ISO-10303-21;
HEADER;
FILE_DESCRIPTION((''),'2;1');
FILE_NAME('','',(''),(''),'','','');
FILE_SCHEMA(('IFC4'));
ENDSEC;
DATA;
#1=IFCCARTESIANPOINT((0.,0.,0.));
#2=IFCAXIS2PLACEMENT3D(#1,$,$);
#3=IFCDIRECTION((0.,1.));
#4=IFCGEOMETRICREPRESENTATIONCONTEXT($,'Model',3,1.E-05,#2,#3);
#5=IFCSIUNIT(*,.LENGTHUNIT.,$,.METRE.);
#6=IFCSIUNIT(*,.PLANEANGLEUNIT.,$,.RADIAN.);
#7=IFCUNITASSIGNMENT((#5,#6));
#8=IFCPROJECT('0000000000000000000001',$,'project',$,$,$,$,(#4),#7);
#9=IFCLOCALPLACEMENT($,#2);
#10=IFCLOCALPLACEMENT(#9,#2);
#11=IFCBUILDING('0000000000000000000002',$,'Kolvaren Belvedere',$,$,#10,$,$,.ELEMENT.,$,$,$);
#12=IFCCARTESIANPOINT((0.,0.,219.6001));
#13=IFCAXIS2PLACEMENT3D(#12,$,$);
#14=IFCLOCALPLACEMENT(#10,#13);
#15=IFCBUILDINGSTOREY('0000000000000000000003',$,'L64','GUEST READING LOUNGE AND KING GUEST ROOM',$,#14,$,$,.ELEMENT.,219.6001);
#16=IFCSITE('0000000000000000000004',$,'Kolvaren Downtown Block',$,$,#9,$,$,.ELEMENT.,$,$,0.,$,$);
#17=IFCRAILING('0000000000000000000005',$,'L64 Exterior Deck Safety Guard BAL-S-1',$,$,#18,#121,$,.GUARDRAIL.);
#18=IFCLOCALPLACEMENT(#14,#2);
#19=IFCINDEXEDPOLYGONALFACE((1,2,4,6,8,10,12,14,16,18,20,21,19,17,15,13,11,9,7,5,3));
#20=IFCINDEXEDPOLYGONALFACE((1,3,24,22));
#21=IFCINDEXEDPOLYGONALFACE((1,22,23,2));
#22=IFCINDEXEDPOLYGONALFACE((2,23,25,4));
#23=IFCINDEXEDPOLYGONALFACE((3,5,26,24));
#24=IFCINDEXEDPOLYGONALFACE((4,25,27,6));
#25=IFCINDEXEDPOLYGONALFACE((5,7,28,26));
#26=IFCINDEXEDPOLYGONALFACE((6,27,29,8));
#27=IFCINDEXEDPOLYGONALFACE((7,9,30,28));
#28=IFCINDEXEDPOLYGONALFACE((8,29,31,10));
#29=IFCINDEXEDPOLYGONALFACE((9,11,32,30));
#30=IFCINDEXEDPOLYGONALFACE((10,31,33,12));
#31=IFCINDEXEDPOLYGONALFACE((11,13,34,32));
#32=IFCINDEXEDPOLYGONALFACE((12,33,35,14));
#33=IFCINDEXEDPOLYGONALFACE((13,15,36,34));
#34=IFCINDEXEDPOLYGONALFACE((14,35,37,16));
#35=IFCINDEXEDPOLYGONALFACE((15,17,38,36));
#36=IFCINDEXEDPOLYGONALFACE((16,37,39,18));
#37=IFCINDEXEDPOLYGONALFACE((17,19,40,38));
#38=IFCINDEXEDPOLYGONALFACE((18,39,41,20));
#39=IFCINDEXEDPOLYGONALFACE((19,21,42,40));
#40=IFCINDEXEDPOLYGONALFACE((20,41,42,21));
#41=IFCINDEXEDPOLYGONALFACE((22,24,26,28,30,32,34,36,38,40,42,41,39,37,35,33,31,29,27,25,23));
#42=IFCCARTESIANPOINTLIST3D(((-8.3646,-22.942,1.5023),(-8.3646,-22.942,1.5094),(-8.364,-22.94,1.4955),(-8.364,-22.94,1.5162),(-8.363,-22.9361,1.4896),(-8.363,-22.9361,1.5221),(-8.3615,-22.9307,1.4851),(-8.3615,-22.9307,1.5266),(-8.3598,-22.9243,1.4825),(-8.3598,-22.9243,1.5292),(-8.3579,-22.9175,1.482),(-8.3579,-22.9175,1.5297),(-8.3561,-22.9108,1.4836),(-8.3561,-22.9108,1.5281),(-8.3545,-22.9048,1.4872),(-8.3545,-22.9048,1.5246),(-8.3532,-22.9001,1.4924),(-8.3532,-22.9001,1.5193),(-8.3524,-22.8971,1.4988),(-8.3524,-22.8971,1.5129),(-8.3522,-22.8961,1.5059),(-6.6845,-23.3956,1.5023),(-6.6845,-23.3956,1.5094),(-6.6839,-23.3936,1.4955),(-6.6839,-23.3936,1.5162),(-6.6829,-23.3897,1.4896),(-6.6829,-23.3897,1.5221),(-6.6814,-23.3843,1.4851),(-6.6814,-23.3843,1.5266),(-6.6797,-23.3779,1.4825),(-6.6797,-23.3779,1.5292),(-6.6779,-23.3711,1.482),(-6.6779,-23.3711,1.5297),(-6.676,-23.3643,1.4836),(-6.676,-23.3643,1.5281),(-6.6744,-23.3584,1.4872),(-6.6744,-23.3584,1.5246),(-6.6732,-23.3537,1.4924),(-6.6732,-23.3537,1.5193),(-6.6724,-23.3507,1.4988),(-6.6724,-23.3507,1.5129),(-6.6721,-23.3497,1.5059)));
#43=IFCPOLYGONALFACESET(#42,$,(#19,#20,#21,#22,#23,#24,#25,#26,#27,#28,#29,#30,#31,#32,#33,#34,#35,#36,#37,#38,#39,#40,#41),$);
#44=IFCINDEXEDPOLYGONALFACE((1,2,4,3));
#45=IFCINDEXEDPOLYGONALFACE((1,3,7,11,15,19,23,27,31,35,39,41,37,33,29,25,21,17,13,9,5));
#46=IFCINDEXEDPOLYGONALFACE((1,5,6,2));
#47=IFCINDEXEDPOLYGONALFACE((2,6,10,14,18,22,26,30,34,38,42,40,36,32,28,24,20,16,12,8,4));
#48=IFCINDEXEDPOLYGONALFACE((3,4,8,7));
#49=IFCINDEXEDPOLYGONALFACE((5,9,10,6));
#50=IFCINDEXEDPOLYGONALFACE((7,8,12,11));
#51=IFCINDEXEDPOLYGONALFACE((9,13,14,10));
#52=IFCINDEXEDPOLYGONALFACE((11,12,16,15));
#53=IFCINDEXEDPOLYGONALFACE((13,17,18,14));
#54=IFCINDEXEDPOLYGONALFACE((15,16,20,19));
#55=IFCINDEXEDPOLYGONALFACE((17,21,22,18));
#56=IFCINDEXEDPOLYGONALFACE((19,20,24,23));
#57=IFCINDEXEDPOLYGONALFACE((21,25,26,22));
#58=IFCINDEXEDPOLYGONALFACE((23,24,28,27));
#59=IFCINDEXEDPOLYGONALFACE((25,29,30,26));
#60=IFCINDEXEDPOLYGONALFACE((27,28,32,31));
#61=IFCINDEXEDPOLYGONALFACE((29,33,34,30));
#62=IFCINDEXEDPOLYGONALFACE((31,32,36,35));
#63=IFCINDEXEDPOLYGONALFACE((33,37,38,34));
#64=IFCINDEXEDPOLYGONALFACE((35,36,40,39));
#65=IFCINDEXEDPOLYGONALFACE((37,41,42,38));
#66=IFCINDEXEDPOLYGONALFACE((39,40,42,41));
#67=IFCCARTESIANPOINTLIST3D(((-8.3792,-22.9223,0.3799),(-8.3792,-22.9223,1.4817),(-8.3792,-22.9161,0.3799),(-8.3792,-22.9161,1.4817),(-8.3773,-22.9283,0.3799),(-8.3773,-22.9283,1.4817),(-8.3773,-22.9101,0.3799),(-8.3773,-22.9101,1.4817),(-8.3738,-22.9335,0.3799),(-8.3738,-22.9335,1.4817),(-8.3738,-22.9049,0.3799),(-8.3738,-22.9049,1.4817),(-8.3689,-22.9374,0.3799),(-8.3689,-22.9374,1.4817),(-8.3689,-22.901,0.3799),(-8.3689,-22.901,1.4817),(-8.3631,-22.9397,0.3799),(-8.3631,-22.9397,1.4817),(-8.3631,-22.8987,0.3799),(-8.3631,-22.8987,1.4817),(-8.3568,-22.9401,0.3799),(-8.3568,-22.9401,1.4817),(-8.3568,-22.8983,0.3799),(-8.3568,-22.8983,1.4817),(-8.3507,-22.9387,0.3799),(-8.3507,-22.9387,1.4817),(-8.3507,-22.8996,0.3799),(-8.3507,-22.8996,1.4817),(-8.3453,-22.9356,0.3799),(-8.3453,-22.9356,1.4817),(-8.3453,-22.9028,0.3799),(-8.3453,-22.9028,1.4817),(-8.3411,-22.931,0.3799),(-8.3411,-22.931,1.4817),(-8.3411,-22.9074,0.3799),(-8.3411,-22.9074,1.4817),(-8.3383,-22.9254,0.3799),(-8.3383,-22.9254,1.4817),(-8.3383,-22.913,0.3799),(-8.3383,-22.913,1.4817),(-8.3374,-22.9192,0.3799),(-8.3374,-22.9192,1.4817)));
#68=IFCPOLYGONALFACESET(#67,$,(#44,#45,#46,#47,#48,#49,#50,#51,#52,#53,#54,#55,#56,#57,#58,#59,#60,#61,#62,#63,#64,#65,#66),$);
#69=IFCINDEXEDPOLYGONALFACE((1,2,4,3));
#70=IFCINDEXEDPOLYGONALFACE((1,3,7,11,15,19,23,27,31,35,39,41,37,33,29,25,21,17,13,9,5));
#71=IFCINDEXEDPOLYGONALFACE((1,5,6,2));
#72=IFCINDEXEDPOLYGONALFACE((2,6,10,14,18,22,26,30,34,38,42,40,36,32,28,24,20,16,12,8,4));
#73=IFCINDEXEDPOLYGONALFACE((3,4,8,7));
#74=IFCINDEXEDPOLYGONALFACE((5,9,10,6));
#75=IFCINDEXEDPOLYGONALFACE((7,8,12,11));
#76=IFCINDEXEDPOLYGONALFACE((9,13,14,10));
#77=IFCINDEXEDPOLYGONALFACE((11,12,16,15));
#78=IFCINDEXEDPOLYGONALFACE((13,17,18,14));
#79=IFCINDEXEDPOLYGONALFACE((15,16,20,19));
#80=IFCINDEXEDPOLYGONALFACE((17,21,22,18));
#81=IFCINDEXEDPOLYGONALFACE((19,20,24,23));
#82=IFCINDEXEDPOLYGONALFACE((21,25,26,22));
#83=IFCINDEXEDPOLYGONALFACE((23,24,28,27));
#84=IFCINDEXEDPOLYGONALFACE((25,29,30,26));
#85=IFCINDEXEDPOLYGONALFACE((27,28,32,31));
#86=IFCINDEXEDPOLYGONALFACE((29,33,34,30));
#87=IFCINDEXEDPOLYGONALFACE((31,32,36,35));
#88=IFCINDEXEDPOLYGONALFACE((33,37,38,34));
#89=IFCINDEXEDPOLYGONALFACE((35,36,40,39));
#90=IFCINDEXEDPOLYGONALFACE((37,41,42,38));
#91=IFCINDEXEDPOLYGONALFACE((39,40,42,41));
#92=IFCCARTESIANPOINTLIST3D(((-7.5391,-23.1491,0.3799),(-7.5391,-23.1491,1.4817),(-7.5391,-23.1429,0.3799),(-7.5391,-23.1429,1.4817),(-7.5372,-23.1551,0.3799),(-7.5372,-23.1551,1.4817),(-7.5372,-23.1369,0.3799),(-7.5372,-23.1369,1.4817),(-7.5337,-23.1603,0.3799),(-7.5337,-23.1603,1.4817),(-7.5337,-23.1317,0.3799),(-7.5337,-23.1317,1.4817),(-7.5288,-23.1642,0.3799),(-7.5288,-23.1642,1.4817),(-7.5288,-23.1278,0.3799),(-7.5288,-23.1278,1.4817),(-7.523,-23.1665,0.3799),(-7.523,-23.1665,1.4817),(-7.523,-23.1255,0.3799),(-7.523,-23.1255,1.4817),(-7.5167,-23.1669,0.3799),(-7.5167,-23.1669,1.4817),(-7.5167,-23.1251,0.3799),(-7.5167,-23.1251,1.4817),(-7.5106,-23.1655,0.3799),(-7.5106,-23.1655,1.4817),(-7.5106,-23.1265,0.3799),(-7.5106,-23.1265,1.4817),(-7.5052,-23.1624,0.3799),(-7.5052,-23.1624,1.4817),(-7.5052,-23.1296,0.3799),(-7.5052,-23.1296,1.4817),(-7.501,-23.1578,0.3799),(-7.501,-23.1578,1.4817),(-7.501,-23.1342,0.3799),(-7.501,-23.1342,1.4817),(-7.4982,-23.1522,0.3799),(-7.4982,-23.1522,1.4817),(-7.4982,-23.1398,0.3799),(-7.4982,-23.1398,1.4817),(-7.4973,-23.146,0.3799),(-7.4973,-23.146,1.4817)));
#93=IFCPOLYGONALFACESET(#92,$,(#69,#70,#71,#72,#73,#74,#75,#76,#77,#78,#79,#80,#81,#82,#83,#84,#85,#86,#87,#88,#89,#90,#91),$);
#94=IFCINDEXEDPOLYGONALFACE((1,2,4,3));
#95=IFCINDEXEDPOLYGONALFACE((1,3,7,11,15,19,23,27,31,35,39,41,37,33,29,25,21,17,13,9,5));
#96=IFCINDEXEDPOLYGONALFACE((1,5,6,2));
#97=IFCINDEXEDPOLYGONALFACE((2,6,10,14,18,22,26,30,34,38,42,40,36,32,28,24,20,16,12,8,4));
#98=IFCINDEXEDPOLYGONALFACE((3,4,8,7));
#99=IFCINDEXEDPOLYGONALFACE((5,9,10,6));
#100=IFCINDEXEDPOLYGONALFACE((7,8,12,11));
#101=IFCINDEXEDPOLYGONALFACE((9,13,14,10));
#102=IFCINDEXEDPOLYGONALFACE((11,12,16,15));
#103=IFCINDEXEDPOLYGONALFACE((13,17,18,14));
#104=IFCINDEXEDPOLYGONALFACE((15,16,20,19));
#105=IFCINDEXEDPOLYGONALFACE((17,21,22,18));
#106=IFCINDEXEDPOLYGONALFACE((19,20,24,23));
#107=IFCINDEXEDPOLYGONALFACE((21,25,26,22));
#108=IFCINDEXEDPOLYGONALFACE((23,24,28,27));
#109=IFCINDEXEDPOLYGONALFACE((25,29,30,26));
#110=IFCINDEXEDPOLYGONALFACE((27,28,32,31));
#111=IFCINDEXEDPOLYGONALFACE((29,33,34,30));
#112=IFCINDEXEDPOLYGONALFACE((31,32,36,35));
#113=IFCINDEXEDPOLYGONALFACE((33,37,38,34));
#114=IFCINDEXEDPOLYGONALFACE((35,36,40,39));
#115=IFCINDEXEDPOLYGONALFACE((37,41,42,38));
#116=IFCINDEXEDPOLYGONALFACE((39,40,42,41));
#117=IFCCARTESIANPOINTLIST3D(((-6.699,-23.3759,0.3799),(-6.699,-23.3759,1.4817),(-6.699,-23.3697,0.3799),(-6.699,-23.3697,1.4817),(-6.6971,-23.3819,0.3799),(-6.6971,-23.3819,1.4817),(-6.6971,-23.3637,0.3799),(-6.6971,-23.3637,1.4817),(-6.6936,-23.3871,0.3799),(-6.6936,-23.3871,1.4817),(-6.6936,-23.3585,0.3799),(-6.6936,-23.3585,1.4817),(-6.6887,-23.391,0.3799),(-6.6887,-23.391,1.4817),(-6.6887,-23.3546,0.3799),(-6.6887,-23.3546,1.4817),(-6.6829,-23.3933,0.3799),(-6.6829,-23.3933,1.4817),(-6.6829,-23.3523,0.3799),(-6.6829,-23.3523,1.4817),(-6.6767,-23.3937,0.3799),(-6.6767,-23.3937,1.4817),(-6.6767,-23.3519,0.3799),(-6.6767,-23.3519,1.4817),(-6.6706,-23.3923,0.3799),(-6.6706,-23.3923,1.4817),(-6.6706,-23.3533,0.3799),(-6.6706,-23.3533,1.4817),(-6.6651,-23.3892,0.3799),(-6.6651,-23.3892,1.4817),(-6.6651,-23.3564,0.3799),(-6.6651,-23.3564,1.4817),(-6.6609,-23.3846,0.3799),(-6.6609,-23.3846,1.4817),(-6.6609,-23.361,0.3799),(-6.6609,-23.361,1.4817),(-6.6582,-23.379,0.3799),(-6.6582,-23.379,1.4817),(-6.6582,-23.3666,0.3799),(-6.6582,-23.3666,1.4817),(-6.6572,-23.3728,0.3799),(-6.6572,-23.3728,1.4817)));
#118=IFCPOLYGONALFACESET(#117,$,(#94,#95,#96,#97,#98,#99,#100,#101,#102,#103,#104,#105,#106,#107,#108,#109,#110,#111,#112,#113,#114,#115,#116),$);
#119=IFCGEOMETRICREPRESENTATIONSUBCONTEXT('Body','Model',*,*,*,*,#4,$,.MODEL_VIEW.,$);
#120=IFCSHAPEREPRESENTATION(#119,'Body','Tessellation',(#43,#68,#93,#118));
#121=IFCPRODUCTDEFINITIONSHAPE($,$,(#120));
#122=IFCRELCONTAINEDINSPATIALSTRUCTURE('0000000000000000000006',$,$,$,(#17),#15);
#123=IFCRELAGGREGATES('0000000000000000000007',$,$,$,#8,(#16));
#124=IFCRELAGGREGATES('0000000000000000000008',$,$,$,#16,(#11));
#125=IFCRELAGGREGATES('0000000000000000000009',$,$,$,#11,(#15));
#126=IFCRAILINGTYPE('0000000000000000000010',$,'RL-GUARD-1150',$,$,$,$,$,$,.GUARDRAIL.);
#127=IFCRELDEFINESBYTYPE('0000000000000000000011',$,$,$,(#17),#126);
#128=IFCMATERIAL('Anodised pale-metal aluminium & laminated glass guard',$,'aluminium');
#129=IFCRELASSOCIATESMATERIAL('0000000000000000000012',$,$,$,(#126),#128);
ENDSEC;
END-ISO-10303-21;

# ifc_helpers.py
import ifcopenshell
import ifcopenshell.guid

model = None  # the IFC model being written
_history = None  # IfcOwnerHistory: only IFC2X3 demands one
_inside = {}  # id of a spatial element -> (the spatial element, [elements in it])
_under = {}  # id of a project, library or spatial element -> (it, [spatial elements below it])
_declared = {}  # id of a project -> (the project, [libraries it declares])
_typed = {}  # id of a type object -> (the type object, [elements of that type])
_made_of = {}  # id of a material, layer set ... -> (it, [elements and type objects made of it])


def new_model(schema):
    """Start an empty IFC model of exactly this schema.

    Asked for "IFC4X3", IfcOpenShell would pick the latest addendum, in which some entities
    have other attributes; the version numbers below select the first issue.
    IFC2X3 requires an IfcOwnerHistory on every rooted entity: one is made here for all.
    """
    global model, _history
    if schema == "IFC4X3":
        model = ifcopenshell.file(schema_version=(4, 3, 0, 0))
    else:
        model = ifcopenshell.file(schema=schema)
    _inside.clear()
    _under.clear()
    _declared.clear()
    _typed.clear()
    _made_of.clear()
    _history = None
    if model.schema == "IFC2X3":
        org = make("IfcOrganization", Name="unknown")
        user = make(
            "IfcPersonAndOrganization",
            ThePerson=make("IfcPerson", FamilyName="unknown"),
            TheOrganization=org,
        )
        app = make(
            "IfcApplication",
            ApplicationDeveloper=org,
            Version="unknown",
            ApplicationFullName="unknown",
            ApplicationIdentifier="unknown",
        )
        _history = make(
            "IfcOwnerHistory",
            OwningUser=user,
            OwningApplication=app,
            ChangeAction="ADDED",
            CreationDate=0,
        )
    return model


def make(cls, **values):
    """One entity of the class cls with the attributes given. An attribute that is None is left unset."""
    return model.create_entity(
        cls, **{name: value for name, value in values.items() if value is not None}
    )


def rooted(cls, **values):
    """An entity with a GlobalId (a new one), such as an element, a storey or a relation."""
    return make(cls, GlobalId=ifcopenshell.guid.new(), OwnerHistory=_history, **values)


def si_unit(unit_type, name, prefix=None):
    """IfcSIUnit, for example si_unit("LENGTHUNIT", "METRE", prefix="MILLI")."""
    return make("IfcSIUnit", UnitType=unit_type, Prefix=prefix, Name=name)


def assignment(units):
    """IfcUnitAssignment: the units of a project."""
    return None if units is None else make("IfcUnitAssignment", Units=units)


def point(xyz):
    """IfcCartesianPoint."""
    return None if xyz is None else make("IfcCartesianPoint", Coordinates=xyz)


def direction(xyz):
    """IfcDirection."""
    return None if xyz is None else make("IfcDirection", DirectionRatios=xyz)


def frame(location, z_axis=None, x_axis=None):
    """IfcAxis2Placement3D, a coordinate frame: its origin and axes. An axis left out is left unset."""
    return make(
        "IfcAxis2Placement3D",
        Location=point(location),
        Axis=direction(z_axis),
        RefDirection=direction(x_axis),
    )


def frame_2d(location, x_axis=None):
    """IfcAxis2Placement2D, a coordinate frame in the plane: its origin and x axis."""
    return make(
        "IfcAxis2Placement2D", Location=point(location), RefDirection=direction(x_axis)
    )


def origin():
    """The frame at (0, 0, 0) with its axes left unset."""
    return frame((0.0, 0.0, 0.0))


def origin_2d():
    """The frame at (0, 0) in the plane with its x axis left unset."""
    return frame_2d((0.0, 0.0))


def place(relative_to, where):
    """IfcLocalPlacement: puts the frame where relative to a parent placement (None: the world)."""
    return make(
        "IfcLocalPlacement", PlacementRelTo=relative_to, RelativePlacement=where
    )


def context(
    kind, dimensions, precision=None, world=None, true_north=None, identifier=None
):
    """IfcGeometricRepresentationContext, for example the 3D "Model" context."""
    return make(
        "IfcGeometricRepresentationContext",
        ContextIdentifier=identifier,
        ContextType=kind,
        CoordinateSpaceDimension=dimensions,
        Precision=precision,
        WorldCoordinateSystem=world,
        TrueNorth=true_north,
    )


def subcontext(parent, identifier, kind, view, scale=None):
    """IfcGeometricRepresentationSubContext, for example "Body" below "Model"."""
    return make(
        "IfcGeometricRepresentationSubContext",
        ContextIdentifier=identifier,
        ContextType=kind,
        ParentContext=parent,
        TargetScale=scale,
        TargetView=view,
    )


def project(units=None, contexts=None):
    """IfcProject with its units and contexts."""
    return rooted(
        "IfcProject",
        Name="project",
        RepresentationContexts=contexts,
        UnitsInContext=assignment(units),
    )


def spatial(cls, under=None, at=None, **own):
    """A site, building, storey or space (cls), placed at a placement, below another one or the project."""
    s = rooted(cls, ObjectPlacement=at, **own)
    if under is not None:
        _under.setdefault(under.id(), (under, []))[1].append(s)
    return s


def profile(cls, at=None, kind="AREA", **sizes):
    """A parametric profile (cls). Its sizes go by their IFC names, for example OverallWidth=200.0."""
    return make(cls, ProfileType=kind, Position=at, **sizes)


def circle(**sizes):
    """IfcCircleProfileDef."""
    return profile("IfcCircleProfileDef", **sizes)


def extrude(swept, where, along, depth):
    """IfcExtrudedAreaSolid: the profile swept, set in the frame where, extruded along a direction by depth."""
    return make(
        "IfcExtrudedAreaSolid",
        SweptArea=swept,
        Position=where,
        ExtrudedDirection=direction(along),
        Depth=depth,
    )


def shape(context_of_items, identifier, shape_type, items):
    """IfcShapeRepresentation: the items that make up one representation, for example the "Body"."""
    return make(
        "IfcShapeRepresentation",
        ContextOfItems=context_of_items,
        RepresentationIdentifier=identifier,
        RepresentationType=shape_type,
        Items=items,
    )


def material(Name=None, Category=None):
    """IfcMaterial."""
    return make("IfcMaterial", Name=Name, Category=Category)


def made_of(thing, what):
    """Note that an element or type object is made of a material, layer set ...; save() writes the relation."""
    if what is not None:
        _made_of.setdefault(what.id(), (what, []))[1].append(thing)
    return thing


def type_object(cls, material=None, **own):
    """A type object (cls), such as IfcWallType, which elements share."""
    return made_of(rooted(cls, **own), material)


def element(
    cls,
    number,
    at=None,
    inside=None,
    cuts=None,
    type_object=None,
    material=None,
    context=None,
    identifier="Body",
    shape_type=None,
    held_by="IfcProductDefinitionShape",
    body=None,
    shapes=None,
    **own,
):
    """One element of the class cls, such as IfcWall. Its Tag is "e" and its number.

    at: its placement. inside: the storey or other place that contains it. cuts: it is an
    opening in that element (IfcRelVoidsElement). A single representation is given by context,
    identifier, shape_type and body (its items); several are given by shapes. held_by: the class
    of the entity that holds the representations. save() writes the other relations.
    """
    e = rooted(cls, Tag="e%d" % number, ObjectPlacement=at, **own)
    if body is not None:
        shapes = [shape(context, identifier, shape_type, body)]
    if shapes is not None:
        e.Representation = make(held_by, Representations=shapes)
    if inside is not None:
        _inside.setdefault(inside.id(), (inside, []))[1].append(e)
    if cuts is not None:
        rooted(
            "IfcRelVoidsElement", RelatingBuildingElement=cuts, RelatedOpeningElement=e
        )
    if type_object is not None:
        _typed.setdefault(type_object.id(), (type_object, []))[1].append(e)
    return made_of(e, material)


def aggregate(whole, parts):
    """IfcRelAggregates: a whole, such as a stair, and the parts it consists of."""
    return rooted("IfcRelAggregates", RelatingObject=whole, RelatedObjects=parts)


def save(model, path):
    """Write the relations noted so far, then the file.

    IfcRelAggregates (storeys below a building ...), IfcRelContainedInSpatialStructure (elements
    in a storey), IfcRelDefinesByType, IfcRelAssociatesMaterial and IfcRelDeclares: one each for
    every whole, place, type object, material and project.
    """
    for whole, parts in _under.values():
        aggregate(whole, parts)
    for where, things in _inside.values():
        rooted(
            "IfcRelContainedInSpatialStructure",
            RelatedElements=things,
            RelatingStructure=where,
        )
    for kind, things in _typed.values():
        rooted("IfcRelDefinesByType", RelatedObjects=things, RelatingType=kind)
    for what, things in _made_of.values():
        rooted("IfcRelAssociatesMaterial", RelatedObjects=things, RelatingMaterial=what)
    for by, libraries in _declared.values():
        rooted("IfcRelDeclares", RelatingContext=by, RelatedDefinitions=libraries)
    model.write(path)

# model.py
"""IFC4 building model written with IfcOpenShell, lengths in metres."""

from ifc_helpers import new_model, si_unit, direction, frame, origin, origin_2d, place, context, subcontext, project, spatial, circle, extrude, material, type_object, element, save


model = new_model("IFC4")

# Units and contexts
model_context = context("Model", 3, precision=1e-05, world=origin(), true_north=direction((0.0, 1.0)))
body_context = subcontext(model_context, "Body", "Model", "MODEL_VIEW")
ifc_project = project(units=[si_unit("LENGTHUNIT", "METRE"), si_unit("PLANEANGLEUNIT", "RADIAN")], contexts=[model_context])

# Site, building, storey
site_placement = place(None, origin())
site = spatial("IfcSite", under=ifc_project, at=site_placement, Name="Kolvaren Downtown Block", CompositionType="ELEMENT", RefElevation=0.0)
building_placement = place(site_placement, origin())
building = spatial("IfcBuilding", under=site, at=building_placement, Name="Kolvaren Belvedere", CompositionType="ELEMENT")
storey_placement = place(building_placement, frame((0.0, 0.0, 219.6001)))
storey = spatial("IfcBuildingStorey", under=building, at=storey_placement, Name="L64", Description="GUEST READING LOUNGE AND KING GUEST ROOM", CompositionType="ELEMENT", Elevation=219.6001)

# Railing
ifc_material_1 = material(Name="Anodised pale-metal aluminium & laminated glass guard", Category="aluminium")
railing_type = type_object("IfcRailingType", Name="RL-GUARD-1150", PredefinedType="GUARDRAIL", material=ifc_material_1)
railing_1_placement = place(storey_placement, frame((-8.3584, -22.9192, 0.3799)))
element("IfcRailing", 1, at=railing_1_placement, inside=storey, type_object=railing_type, Name="L64 Exterior Deck Safety Guard BAL-S-1", PredefinedType="GUARDRAIL", context=body_context, shape_type="SweptSolid", body=[
    extrude(circle(Radius=0.0239, at=origin_2d()), frame((0.0, 0.0, 1.126), z_axis=(0.965434, -0.260648, 0.0), x_axis=(0.260648, 0.965434, 0.0)), (0.0, 0.0, 1.0), 1.7402),
    extrude(circle(Radius=0.021, at=origin_2d()), origin(), (0.0, 0.0, 1.0), 1.1018),
    extrude(circle(Radius=0.021, at=origin_2d()), frame((0.8401, -0.2268, 0.0)), (0.0, 0.0, 1.0), 1.1018),
    extrude(circle(Radius=0.021, at=origin_2d()), frame((1.6802, -0.4536, 0.0)), (0.0, 0.0, 1.0), 1.1018),
])

save(model, "model.ifc")
